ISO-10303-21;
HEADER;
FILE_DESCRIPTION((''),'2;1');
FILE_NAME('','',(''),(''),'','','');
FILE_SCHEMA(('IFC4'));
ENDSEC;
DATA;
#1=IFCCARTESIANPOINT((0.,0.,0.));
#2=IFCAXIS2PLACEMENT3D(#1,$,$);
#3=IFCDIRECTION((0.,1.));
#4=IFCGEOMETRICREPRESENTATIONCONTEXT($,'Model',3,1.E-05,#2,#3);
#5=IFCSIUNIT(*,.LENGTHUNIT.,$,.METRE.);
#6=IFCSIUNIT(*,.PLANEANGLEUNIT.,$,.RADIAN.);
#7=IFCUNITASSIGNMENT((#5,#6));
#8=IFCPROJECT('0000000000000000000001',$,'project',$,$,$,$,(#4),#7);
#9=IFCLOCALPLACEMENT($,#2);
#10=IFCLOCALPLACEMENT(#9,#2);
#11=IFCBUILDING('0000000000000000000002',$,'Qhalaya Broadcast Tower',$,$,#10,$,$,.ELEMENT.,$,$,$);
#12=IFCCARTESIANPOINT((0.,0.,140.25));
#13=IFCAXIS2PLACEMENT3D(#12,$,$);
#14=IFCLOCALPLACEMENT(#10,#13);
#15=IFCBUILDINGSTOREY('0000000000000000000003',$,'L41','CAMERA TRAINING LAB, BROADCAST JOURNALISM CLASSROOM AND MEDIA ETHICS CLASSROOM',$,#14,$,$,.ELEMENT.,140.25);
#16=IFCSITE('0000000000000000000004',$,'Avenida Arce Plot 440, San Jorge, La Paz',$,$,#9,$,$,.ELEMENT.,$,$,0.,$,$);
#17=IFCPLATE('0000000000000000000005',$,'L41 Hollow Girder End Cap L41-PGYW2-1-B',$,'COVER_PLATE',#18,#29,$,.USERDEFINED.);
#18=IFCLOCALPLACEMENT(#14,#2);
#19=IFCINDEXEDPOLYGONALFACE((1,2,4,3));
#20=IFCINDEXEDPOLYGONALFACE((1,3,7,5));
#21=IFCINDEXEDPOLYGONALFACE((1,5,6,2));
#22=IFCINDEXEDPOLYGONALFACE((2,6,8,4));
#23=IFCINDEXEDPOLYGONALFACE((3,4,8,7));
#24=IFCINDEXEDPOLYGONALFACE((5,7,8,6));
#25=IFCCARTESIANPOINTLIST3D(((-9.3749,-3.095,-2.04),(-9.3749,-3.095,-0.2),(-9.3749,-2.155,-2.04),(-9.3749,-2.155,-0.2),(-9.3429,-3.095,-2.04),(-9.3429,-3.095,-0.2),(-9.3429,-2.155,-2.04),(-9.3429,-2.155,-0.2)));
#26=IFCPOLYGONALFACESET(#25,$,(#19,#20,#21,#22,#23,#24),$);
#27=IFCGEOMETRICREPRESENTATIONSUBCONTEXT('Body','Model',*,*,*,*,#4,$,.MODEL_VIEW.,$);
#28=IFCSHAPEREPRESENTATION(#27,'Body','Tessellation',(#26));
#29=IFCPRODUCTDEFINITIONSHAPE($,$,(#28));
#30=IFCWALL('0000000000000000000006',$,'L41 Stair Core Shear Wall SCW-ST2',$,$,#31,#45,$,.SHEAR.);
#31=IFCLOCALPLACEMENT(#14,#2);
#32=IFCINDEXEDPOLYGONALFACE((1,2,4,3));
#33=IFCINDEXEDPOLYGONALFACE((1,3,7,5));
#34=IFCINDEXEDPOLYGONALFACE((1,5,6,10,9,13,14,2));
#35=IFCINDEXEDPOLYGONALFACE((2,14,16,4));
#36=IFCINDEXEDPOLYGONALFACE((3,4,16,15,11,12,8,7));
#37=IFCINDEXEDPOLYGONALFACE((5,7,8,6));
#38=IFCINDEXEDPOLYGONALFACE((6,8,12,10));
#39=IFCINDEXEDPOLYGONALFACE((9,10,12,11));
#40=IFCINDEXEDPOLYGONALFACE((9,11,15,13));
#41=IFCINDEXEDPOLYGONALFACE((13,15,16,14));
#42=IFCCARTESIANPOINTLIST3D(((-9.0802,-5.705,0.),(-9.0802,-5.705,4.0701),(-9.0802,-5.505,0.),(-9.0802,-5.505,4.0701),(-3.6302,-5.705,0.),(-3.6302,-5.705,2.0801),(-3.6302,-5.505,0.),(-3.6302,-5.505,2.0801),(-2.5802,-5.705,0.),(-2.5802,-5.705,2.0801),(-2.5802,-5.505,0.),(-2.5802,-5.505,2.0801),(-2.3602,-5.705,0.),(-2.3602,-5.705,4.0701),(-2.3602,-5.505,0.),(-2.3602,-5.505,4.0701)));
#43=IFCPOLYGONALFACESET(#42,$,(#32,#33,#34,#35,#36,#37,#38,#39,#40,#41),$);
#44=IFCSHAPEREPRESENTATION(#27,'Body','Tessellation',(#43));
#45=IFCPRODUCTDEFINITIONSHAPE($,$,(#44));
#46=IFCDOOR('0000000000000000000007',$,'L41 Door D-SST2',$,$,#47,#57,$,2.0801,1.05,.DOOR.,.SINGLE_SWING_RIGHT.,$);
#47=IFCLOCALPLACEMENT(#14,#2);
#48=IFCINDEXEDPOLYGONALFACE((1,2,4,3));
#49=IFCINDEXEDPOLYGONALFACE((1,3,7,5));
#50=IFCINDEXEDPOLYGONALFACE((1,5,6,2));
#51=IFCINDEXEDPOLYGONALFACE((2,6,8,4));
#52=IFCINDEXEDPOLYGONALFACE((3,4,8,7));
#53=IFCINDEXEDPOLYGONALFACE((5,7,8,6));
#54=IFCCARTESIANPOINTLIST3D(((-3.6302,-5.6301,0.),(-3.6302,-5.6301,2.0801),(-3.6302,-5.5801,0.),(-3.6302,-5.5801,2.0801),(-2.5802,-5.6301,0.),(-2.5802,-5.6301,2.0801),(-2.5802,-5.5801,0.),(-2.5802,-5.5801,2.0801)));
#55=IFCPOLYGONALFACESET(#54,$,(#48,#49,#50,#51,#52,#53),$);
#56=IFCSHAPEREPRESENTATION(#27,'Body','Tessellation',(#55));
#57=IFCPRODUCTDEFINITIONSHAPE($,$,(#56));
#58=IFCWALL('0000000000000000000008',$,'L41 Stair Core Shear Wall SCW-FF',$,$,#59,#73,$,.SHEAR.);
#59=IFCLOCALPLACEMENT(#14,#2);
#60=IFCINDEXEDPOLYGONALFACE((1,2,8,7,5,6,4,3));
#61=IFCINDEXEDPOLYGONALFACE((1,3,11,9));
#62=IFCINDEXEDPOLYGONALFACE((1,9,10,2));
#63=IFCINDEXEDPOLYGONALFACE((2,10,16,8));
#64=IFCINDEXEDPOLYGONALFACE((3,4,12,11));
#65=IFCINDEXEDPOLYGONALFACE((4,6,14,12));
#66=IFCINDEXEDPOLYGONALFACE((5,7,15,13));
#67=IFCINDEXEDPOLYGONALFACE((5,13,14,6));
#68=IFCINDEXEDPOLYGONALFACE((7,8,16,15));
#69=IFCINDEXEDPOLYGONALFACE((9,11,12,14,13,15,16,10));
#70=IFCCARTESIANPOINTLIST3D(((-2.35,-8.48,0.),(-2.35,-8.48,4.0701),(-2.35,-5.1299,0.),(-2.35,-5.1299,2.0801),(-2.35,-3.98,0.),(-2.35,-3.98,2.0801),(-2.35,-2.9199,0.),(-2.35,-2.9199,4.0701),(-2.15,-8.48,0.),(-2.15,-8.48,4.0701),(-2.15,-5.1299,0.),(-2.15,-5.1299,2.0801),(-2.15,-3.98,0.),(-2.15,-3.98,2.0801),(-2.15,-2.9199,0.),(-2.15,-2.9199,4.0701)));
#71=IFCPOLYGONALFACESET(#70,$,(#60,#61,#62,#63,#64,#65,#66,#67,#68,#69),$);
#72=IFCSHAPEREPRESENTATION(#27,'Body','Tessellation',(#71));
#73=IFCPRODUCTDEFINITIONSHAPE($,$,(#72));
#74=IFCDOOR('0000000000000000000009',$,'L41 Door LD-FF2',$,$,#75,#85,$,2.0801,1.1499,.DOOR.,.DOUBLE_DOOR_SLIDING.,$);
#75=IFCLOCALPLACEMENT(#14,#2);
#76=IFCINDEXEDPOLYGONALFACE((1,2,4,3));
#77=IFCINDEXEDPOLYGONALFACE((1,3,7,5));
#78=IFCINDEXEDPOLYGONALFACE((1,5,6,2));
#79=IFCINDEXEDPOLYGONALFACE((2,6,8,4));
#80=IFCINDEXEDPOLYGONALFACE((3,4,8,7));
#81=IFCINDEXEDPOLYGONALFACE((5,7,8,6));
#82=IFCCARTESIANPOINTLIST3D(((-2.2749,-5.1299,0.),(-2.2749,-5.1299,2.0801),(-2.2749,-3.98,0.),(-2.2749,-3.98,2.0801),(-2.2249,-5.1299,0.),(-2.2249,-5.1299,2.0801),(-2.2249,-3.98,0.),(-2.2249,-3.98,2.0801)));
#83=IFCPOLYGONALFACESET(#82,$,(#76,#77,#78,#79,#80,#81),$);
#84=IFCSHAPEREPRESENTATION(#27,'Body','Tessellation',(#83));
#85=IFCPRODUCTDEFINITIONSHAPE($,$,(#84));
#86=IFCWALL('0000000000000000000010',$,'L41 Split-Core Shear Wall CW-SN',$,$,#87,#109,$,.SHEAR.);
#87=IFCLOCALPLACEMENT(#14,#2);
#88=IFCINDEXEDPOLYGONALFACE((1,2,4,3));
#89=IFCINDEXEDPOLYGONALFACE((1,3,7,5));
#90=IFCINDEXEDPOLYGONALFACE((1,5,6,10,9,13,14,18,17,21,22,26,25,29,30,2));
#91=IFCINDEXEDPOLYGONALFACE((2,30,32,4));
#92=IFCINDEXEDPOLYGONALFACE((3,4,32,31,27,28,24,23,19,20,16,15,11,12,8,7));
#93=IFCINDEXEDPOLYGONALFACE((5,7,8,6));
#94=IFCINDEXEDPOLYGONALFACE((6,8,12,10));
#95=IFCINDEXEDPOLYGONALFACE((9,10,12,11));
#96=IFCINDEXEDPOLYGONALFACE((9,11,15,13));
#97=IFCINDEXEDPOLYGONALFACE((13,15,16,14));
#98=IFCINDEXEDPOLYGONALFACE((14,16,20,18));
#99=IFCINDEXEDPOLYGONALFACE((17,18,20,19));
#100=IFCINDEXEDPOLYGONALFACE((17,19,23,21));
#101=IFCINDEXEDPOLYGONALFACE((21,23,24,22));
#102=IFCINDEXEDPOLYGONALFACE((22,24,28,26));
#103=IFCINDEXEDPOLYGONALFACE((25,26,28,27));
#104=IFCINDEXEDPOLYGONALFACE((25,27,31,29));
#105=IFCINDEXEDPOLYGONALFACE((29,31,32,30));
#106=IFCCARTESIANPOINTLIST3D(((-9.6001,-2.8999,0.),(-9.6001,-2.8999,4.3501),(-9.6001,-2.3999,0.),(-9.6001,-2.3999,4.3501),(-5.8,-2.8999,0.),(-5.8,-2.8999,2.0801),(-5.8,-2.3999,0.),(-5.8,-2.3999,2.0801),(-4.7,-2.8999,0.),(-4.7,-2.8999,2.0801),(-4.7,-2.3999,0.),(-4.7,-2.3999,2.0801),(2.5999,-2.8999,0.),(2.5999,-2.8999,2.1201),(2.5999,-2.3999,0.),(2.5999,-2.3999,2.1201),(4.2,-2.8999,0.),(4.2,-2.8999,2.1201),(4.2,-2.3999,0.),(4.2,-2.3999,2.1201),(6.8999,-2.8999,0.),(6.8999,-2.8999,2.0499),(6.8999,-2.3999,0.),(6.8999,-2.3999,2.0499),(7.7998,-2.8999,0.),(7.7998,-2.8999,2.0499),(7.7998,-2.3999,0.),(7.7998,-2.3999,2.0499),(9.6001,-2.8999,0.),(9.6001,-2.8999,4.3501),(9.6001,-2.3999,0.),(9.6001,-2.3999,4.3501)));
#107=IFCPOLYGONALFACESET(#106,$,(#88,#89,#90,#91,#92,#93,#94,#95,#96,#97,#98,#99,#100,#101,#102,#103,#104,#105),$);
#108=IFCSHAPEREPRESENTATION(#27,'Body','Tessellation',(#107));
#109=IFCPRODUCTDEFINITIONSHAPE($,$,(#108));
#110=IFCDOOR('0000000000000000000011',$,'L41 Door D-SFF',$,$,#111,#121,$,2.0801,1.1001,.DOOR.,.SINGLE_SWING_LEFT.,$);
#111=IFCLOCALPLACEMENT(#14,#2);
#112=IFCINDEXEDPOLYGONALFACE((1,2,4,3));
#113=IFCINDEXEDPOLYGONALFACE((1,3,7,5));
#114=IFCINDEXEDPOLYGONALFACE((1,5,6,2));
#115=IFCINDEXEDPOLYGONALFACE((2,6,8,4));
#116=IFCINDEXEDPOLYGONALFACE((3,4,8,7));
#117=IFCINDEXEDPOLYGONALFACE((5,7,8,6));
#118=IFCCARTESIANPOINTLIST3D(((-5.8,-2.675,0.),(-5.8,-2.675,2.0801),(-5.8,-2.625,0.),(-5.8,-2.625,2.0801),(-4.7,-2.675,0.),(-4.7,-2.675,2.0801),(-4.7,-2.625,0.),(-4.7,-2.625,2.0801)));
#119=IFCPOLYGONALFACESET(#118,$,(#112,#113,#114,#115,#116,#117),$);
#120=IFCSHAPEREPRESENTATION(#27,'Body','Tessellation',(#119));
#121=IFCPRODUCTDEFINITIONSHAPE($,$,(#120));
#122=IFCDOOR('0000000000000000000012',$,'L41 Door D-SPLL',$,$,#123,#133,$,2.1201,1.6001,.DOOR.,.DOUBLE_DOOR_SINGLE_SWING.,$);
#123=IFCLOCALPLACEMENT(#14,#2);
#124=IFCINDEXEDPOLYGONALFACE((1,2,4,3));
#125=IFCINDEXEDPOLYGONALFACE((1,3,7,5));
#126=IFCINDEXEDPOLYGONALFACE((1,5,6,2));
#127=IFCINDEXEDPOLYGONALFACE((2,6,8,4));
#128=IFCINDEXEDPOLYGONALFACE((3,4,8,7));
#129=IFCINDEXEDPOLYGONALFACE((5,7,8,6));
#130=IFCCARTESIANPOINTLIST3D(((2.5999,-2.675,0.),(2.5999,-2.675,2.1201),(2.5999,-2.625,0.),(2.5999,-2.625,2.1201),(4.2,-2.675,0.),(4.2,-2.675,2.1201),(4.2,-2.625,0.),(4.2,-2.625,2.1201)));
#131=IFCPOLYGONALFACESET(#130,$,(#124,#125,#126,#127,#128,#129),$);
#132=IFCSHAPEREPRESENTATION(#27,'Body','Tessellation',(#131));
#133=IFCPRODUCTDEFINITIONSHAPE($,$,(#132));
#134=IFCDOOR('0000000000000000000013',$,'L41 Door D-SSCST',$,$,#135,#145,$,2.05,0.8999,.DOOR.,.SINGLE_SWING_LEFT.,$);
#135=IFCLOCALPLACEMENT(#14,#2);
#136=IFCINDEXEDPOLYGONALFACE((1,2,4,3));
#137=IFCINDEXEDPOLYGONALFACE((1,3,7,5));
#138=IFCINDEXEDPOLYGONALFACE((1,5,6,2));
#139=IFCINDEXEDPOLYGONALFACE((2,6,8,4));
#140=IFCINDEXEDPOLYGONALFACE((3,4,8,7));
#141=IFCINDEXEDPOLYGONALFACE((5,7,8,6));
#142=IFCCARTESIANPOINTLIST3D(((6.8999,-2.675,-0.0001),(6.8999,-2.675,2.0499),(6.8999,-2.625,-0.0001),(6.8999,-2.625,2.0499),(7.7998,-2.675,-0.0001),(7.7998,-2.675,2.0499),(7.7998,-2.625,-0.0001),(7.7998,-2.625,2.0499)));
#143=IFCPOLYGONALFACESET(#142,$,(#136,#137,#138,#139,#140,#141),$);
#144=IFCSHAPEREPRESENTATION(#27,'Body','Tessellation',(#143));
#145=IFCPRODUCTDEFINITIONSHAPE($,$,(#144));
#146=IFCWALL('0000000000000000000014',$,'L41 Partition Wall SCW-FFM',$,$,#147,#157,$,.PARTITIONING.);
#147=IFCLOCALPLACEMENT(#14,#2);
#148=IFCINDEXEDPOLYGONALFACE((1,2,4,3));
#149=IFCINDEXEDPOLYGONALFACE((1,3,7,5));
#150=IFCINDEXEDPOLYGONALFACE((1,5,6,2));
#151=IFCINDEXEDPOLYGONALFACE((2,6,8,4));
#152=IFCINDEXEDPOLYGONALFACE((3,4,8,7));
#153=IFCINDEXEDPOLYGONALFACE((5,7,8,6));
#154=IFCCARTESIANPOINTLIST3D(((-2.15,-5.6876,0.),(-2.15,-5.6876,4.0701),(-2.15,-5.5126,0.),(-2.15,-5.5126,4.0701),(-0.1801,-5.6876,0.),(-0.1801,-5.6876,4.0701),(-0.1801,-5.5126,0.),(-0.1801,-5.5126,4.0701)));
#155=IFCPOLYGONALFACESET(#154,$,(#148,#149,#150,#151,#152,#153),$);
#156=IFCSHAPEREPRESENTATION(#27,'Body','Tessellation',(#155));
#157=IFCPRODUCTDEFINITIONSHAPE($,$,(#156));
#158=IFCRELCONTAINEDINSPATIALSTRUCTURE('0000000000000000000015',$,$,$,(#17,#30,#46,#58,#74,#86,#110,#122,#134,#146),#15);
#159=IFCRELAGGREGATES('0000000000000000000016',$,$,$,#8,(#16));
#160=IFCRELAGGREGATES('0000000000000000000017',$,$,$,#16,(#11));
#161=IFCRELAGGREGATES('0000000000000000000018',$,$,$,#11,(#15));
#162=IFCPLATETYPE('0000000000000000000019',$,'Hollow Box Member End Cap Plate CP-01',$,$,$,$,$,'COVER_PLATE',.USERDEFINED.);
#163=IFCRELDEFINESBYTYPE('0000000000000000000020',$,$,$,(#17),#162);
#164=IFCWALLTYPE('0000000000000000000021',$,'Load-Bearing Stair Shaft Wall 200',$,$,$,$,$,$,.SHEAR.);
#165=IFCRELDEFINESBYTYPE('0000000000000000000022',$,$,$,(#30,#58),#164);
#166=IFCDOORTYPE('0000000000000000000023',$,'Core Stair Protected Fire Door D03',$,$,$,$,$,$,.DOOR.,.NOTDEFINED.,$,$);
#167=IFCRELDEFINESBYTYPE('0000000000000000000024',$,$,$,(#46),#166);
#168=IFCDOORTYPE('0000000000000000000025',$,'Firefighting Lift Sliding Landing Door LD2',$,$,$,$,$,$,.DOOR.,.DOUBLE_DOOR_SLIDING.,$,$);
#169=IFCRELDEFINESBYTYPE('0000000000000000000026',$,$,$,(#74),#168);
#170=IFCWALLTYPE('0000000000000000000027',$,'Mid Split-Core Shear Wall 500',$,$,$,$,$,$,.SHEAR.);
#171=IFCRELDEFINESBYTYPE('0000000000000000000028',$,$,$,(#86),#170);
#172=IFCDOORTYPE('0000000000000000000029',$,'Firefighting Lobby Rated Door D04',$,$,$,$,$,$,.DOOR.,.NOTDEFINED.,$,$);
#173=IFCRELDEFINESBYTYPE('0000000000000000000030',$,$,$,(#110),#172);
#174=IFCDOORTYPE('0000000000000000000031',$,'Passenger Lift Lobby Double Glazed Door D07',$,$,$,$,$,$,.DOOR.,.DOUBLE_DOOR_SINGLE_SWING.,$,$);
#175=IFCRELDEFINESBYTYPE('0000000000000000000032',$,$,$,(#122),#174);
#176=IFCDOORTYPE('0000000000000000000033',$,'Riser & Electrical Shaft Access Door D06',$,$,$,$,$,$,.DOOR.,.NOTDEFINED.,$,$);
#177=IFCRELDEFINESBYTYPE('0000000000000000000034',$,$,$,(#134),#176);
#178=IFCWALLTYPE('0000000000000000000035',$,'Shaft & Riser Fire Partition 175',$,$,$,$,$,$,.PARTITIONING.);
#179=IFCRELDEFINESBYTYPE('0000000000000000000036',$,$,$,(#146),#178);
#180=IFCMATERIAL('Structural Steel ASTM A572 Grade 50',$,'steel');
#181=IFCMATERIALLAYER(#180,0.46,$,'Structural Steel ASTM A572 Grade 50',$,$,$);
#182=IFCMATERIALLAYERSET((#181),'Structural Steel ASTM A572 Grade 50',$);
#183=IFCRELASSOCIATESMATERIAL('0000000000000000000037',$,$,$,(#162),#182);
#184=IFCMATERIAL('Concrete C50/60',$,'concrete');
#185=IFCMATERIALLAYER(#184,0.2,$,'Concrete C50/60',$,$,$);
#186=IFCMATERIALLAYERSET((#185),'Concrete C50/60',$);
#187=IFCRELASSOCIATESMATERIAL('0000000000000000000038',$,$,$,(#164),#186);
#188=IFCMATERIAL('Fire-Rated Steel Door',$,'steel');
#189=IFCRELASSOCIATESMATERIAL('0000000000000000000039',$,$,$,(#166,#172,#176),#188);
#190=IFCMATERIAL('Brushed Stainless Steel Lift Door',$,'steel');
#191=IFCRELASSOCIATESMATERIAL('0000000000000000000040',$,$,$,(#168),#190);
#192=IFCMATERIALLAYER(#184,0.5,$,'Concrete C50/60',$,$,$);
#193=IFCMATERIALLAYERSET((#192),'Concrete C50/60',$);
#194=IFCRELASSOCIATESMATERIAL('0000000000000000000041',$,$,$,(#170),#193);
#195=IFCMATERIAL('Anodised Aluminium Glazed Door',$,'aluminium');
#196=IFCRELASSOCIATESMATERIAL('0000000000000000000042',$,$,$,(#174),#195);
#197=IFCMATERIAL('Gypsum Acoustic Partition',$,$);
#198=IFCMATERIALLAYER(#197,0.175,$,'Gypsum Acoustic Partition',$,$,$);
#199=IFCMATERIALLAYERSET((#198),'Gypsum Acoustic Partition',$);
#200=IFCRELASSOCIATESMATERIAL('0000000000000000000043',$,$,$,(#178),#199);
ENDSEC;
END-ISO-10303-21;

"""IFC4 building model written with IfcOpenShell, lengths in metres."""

from ifc_helpers import new_model, si_unit, direction, frame, frame_2d, origin, origin_2d, place, context, subcontext, project, spatial, rectangle, extrude, material, layer, layer_set, type_object, element, fill, save


model = new_model("IFC4")

# Units and contexts
model_context = context("Model", 3, precision=1e-05, world=origin(), true_north=direction((0.0, 1.0)))
body_context = subcontext(model_context, "Body", "Model", "MODEL_VIEW")
ifc_project = project(units=[si_unit("LENGTHUNIT", "METRE"), si_unit("PLANEANGLEUNIT", "RADIAN")], contexts=[model_context])

# Site, building, storey
site_placement = place(None, origin())
site = spatial("IfcSite", under=ifc_project, at=site_placement, Name="Avenida Arce Plot 440, San Jorge, La Paz", CompositionType="ELEMENT", RefElevation=0.0)
building_placement = place(site_placement, origin())
building = spatial("IfcBuilding", under=site, at=building_placement, Name="Qhalaya Broadcast Tower", CompositionType="ELEMENT")
storey_placement = place(building_placement, frame((0.0, 0.0, 140.25)))
storey = spatial("IfcBuildingStorey", under=building, at=storey_placement, Name="L41", Description="CAMERA TRAINING LAB, BROADCAST JOURNALISM CLASSROOM AND MEDIA ETHICS CLASSROOM", CompositionType="ELEMENT", Elevation=140.25)

# Shared definitions
ifc_material_1 = material(Name="Concrete C50/60", Category="concrete")

# Plate
ifc_material_2 = material(Name="Structural Steel ASTM A572 Grade 50", Category="steel")
ifc_layer_1 = layer(ifc_material_2, 0.46, Name="Structural Steel ASTM A572 Grade 50")
ifc_layer_set_1 = layer_set([ifc_layer_1], Name="Structural Steel ASTM A572 Grade 50")
plate_type = type_object("IfcPlateType", Name="Hollow Box Member End Cap Plate CP-01", ElementType="COVER_PLATE", PredefinedType="USERDEFINED", material=ifc_layer_set_1)
for number, where, z_axis, x_axis, name in (
    (1, (-9.3589, -2.625, -2.04), (0.0, 0.0, 1.0), (0.0, 1.0, 0.0), "L41 Hollow Girder End Cap L41-PGYW2-1-B"),
):
    element("IfcPlate", number, at=place(storey_placement, frame(where, z_axis=z_axis, x_axis=x_axis)), inside=storey, type_object=plate_type, Name=name, ObjectType="COVER_PLATE", PredefinedType="USERDEFINED", context=body_context, shape_type="SweptSolid", body=[
        extrude(rectangle(XDim=0.9399, YDim=0.032, at=origin_2d()), origin(), (0.0, 0.0, 1.0), 1.8401),
    ])

# Walls, openings, doors
ifc_layer_2 = layer(ifc_material_1, 0.2, Name="Concrete C50/60")
ifc_layer_set_2 = layer_set([ifc_layer_2], Name="Concrete C50/60")
wall_type_1 = type_object("IfcWallType", Name="Load-Bearing Stair Shaft Wall 200", PredefinedType="SHEAR", material=ifc_layer_set_2)
wall_1_placement = place(storey_placement, frame((-9.0801, -5.605, 0.0), z_axis=(0.0, 0.0, 1.0), x_axis=(1.0, 0.0, 0.0)))
wall_1 = element("IfcWall", 2, at=wall_1_placement, inside=storey, type_object=wall_type_1, Name="L41 Stair Core Shear Wall SCW-ST2", PredefinedType="SHEAR", context=body_context, shape_type="SweptSolid", body=[
    extrude(rectangle(XDim=6.72, YDim=0.2, at=frame_2d((3.3599, 0.0))), origin(), (0.0, 0.0, 1.0), 4.0701),
])
opening_1_placement = place(wall_1_placement, frame((5.45, 0.0, 0.0)))
opening_1 = element("IfcOpeningElement", 3, at=opening_1_placement, cuts=wall_1, PredefinedType="OPENING", context=body_context, shape_type="SweptSolid", body=[
    extrude(rectangle(XDim=1.05, YDim=2.0801, at=frame_2d((0.5249, 1.04))), frame((0.0, 0.1121, 0.0), z_axis=(0.0, -1.0, 0.0), x_axis=(1.0, 0.0, 0.0)), (0.0, 0.0, 1.0), 0.2239),
])
ifc_material_3 = material(Name="Fire-Rated Steel Door", Category="steel")
door_type_1 = type_object("IfcDoorType", Name="Core Stair Protected Fire Door D03", OperationType="NOTDEFINED", PredefinedType="DOOR", material=ifc_material_3)
door_1_placement = place(opening_1_placement, origin())
door_1 = element("IfcDoor", 4, at=door_1_placement, inside=storey, type_object=door_type_1, Name="L41 Door D-SST2", OperationType="SINGLE_SWING_RIGHT", OverallHeight=2.0801, OverallWidth=1.05, PredefinedType="DOOR", context=body_context, shape_type="SweptSolid", body=[
    extrude(rectangle(XDim=1.05, YDim=2.0801, at=frame_2d((0.5249, 1.04))), frame((0.0, 0.0249, 0.0), z_axis=(0.0, -1.0, 0.0), x_axis=(1.0, 0.0, 0.0)), (0.0, 0.0, 1.0), 0.05),
])
fill(opening_1, door_1)
wall_2_placement = place(storey_placement, frame((-2.25, -8.48, 0.0), z_axis=(0.0, 0.0, 1.0), x_axis=(0.0, 1.0, 0.0)))
wall_2 = element("IfcWall", 5, at=wall_2_placement, inside=storey, type_object=wall_type_1, Name="L41 Stair Core Shear Wall SCW-FF", PredefinedType="SHEAR", context=body_context, shape_type="SweptSolid", body=[
    extrude(rectangle(XDim=5.5601, YDim=0.2, at=frame_2d((2.78, 0.0))), origin(), (0.0, 0.0, 1.0), 4.0701),
])
opening_2_placement = place(wall_2_placement, frame((3.3501, 0.0, 0.0)))
opening_2 = element("IfcOpeningElement", 6, at=opening_2_placement, cuts=wall_2, PredefinedType="OPENING", context=body_context, shape_type="SweptSolid", body=[
    extrude(rectangle(XDim=1.1499, YDim=2.0801, at=frame_2d((0.575, 1.04))), frame((0.0, 0.1121, 0.0), z_axis=(0.0, -1.0, 0.0), x_axis=(1.0, 0.0, 0.0)), (0.0, 0.0, 1.0), 0.2239),
])
ifc_material_4 = material(Name="Brushed Stainless Steel Lift Door", Category="steel")
door_type_2 = type_object("IfcDoorType", Name="Firefighting Lift Sliding Landing Door LD2", OperationType="DOUBLE_DOOR_SLIDING", PredefinedType="DOOR", material=ifc_material_4)
door_2_placement = place(opening_2_placement, origin())
door_2 = element("IfcDoor", 7, at=door_2_placement, inside=storey, type_object=door_type_2, Name="L41 Door LD-FF2", OperationType="DOUBLE_DOOR_SLIDING", OverallHeight=2.0801, OverallWidth=1.1499, PredefinedType="DOOR", context=body_context, shape_type="SweptSolid", body=[
    extrude(rectangle(XDim=1.1499, YDim=2.0801, at=frame_2d((0.575, 1.04))), frame((0.0, 0.0249, 0.0), z_axis=(0.0, -1.0, 0.0), x_axis=(1.0, 0.0, 0.0)), (0.0, 0.0, 1.0), 0.05),
])
fill(opening_2, door_2)

# Wall, openings, doors
ifc_layer_3 = layer(ifc_material_1, 0.5, Name="Concrete C50/60")
ifc_layer_set_3 = layer_set([ifc_layer_3], Name="Concrete C50/60")
wall_type_2 = type_object("IfcWallType", Name="Mid Split-Core Shear Wall 500", PredefinedType="SHEAR", material=ifc_layer_set_3)
wall_3_placement = place(storey_placement, frame((-9.6001, -2.6499, 0.0), z_axis=(0.0, 0.0, 1.0), x_axis=(1.0, 0.0, 0.0)))
wall_3 = element("IfcWall", 8, at=wall_3_placement, inside=storey, type_object=wall_type_2, Name="L41 Split-Core Shear Wall CW-SN", PredefinedType="SHEAR", context=body_context, shape_type="SweptSolid", body=[
    extrude(rectangle(XDim=19.2002, YDim=0.5, at=frame_2d((9.6001, 0.0))), origin(), (0.0, 0.0, 1.0), 4.3501),
])
opening_3_placement = place(wall_3_placement, frame((3.8, 0.0, 0.0)))
opening_3 = element("IfcOpeningElement", 9, at=opening_3_placement, cuts=wall_3, PredefinedType="OPENING", context=body_context, shape_type="SweptSolid", body=[
    extrude(rectangle(XDim=1.1001, YDim=2.0801, at=frame_2d((0.55, 1.04))), frame((0.0, 0.262, 0.0), z_axis=(0.0, -1.0, 0.0), x_axis=(1.0, 0.0, 0.0)), (0.0, 0.0, 1.0), 0.5239),
])
opening_4_placement = place(wall_3_placement, frame((12.2, 0.0, 0.0)))
opening_4 = element("IfcOpeningElement", 10, at=opening_4_placement, cuts=wall_3, PredefinedType="OPENING", context=body_context, shape_type="SweptSolid", body=[
    extrude(rectangle(XDim=1.6001, YDim=2.1201, at=frame_2d((0.8, 1.0601))), frame((0.0, 0.262, 0.0), z_axis=(0.0, -1.0, 0.0), x_axis=(1.0, 0.0, 0.0)), (0.0, 0.0, 1.0), 0.5239),
])
opening_5_placement = place(wall_3_placement, frame((16.5, 0.0, 0.0)))
opening_5 = element("IfcOpeningElement", 11, at=opening_5_placement, cuts=wall_3, PredefinedType="OPENING", context=body_context, shape_type="SweptSolid", body=[
    extrude(rectangle(XDim=0.8999, YDim=2.05, at=frame_2d((0.45, 1.0249))), frame((0.0, 0.262, 0.0), z_axis=(0.0, -1.0, 0.0), x_axis=(1.0, 0.0, 0.0)), (0.0, 0.0, 1.0), 0.5239),
])
door_type_3 = type_object("IfcDoorType", Name="Firefighting Lobby Rated Door D04", OperationType="NOTDEFINED", PredefinedType="DOOR", material=ifc_material_3)
door_3_placement = place(opening_3_placement, origin())
door_3 = element("IfcDoor", 12, at=door_3_placement, inside=storey, type_object=door_type_3, Name="L41 Door D-SFF", OperationType="SINGLE_SWING_LEFT", OverallHeight=2.0801, OverallWidth=1.1001, PredefinedType="DOOR", context=body_context, shape_type="SweptSolid", body=[
    extrude(rectangle(XDim=1.1001, YDim=2.0801, at=frame_2d((0.55, 1.04))), frame((0.0, 0.0249, 0.0), z_axis=(0.0, -1.0, 0.0), x_axis=(1.0, 0.0, 0.0)), (0.0, 0.0, 1.0), 0.05),
])
fill(opening_3, door_3)
ifc_material_5 = material(Name="Anodised Aluminium Glazed Door", Category="aluminium")
door_type_4 = type_object("IfcDoorType", Name="Passenger Lift Lobby Double Glazed Door D07", OperationType="DOUBLE_DOOR_SINGLE_SWING", PredefinedType="DOOR", material=ifc_material_5)
door_4_placement = place(opening_4_placement, origin())
door_4 = element("IfcDoor", 13, at=door_4_placement, inside=storey, type_object=door_type_4, Name="L41 Door D-SPLL", OperationType="DOUBLE_DOOR_SINGLE_SWING", OverallHeight=2.1201, OverallWidth=1.6001, PredefinedType="DOOR", context=body_context, shape_type="SweptSolid", body=[
    extrude(rectangle(XDim=1.6001, YDim=2.1201, at=frame_2d((0.8, 1.0601))), frame((0.0, 0.0249, 0.0), z_axis=(0.0, -1.0, 0.0), x_axis=(1.0, 0.0, 0.0)), (0.0, 0.0, 1.0), 0.05),
])
fill(opening_4, door_4)
door_type_5 = type_object("IfcDoorType", Name="Riser & Electrical Shaft Access Door D06", OperationType="NOTDEFINED", PredefinedType="DOOR", material=ifc_material_3)
door_5_placement = place(opening_5_placement, origin())
door_5 = element("IfcDoor", 14, at=door_5_placement, inside=storey, type_object=door_type_5, Name="L41 Door D-SSCST", OperationType="SINGLE_SWING_LEFT", OverallHeight=2.05, OverallWidth=0.8999, PredefinedType="DOOR", context=body_context, shape_type="SweptSolid", body=[
    extrude(rectangle(XDim=0.8999, YDim=2.05, at=frame_2d((0.45, 1.0249))), frame((0.0, 0.0249, 0.0), z_axis=(0.0, -1.0, 0.0), x_axis=(1.0, 0.0, 0.0)), (0.0, 0.0, 1.0), 0.05),
])
fill(opening_5, door_5)

# Wall
ifc_material_6 = material(Name="Gypsum Acoustic Partition")
ifc_layer_4 = layer(ifc_material_6, 0.175, Name="Gypsum Acoustic Partition")
ifc_layer_set_4 = layer_set([ifc_layer_4], Name="Gypsum Acoustic Partition")
wall_type_3 = type_object("IfcWallType", Name="Shaft & Riser Fire Partition 175", PredefinedType="PARTITIONING", material=ifc_layer_set_4)
wall_4_placement = place(storey_placement, frame((-2.1499, -5.6001, 0.0), z_axis=(0.0, 0.0, 1.0), x_axis=(1.0, 0.0, 0.0)))
element("IfcWall", 15, at=wall_4_placement, inside=storey, type_object=wall_type_3, Name="L41 Partition Wall SCW-FFM", PredefinedType="PARTITIONING", context=body_context, shape_type="SweptSolid", body=[
    extrude(rectangle(XDim=1.97, YDim=0.175, at=frame_2d((0.9849, 0.0))), origin(), (0.0, 0.0, 1.0), 4.0701),
])

save(model, "model.ifc")
